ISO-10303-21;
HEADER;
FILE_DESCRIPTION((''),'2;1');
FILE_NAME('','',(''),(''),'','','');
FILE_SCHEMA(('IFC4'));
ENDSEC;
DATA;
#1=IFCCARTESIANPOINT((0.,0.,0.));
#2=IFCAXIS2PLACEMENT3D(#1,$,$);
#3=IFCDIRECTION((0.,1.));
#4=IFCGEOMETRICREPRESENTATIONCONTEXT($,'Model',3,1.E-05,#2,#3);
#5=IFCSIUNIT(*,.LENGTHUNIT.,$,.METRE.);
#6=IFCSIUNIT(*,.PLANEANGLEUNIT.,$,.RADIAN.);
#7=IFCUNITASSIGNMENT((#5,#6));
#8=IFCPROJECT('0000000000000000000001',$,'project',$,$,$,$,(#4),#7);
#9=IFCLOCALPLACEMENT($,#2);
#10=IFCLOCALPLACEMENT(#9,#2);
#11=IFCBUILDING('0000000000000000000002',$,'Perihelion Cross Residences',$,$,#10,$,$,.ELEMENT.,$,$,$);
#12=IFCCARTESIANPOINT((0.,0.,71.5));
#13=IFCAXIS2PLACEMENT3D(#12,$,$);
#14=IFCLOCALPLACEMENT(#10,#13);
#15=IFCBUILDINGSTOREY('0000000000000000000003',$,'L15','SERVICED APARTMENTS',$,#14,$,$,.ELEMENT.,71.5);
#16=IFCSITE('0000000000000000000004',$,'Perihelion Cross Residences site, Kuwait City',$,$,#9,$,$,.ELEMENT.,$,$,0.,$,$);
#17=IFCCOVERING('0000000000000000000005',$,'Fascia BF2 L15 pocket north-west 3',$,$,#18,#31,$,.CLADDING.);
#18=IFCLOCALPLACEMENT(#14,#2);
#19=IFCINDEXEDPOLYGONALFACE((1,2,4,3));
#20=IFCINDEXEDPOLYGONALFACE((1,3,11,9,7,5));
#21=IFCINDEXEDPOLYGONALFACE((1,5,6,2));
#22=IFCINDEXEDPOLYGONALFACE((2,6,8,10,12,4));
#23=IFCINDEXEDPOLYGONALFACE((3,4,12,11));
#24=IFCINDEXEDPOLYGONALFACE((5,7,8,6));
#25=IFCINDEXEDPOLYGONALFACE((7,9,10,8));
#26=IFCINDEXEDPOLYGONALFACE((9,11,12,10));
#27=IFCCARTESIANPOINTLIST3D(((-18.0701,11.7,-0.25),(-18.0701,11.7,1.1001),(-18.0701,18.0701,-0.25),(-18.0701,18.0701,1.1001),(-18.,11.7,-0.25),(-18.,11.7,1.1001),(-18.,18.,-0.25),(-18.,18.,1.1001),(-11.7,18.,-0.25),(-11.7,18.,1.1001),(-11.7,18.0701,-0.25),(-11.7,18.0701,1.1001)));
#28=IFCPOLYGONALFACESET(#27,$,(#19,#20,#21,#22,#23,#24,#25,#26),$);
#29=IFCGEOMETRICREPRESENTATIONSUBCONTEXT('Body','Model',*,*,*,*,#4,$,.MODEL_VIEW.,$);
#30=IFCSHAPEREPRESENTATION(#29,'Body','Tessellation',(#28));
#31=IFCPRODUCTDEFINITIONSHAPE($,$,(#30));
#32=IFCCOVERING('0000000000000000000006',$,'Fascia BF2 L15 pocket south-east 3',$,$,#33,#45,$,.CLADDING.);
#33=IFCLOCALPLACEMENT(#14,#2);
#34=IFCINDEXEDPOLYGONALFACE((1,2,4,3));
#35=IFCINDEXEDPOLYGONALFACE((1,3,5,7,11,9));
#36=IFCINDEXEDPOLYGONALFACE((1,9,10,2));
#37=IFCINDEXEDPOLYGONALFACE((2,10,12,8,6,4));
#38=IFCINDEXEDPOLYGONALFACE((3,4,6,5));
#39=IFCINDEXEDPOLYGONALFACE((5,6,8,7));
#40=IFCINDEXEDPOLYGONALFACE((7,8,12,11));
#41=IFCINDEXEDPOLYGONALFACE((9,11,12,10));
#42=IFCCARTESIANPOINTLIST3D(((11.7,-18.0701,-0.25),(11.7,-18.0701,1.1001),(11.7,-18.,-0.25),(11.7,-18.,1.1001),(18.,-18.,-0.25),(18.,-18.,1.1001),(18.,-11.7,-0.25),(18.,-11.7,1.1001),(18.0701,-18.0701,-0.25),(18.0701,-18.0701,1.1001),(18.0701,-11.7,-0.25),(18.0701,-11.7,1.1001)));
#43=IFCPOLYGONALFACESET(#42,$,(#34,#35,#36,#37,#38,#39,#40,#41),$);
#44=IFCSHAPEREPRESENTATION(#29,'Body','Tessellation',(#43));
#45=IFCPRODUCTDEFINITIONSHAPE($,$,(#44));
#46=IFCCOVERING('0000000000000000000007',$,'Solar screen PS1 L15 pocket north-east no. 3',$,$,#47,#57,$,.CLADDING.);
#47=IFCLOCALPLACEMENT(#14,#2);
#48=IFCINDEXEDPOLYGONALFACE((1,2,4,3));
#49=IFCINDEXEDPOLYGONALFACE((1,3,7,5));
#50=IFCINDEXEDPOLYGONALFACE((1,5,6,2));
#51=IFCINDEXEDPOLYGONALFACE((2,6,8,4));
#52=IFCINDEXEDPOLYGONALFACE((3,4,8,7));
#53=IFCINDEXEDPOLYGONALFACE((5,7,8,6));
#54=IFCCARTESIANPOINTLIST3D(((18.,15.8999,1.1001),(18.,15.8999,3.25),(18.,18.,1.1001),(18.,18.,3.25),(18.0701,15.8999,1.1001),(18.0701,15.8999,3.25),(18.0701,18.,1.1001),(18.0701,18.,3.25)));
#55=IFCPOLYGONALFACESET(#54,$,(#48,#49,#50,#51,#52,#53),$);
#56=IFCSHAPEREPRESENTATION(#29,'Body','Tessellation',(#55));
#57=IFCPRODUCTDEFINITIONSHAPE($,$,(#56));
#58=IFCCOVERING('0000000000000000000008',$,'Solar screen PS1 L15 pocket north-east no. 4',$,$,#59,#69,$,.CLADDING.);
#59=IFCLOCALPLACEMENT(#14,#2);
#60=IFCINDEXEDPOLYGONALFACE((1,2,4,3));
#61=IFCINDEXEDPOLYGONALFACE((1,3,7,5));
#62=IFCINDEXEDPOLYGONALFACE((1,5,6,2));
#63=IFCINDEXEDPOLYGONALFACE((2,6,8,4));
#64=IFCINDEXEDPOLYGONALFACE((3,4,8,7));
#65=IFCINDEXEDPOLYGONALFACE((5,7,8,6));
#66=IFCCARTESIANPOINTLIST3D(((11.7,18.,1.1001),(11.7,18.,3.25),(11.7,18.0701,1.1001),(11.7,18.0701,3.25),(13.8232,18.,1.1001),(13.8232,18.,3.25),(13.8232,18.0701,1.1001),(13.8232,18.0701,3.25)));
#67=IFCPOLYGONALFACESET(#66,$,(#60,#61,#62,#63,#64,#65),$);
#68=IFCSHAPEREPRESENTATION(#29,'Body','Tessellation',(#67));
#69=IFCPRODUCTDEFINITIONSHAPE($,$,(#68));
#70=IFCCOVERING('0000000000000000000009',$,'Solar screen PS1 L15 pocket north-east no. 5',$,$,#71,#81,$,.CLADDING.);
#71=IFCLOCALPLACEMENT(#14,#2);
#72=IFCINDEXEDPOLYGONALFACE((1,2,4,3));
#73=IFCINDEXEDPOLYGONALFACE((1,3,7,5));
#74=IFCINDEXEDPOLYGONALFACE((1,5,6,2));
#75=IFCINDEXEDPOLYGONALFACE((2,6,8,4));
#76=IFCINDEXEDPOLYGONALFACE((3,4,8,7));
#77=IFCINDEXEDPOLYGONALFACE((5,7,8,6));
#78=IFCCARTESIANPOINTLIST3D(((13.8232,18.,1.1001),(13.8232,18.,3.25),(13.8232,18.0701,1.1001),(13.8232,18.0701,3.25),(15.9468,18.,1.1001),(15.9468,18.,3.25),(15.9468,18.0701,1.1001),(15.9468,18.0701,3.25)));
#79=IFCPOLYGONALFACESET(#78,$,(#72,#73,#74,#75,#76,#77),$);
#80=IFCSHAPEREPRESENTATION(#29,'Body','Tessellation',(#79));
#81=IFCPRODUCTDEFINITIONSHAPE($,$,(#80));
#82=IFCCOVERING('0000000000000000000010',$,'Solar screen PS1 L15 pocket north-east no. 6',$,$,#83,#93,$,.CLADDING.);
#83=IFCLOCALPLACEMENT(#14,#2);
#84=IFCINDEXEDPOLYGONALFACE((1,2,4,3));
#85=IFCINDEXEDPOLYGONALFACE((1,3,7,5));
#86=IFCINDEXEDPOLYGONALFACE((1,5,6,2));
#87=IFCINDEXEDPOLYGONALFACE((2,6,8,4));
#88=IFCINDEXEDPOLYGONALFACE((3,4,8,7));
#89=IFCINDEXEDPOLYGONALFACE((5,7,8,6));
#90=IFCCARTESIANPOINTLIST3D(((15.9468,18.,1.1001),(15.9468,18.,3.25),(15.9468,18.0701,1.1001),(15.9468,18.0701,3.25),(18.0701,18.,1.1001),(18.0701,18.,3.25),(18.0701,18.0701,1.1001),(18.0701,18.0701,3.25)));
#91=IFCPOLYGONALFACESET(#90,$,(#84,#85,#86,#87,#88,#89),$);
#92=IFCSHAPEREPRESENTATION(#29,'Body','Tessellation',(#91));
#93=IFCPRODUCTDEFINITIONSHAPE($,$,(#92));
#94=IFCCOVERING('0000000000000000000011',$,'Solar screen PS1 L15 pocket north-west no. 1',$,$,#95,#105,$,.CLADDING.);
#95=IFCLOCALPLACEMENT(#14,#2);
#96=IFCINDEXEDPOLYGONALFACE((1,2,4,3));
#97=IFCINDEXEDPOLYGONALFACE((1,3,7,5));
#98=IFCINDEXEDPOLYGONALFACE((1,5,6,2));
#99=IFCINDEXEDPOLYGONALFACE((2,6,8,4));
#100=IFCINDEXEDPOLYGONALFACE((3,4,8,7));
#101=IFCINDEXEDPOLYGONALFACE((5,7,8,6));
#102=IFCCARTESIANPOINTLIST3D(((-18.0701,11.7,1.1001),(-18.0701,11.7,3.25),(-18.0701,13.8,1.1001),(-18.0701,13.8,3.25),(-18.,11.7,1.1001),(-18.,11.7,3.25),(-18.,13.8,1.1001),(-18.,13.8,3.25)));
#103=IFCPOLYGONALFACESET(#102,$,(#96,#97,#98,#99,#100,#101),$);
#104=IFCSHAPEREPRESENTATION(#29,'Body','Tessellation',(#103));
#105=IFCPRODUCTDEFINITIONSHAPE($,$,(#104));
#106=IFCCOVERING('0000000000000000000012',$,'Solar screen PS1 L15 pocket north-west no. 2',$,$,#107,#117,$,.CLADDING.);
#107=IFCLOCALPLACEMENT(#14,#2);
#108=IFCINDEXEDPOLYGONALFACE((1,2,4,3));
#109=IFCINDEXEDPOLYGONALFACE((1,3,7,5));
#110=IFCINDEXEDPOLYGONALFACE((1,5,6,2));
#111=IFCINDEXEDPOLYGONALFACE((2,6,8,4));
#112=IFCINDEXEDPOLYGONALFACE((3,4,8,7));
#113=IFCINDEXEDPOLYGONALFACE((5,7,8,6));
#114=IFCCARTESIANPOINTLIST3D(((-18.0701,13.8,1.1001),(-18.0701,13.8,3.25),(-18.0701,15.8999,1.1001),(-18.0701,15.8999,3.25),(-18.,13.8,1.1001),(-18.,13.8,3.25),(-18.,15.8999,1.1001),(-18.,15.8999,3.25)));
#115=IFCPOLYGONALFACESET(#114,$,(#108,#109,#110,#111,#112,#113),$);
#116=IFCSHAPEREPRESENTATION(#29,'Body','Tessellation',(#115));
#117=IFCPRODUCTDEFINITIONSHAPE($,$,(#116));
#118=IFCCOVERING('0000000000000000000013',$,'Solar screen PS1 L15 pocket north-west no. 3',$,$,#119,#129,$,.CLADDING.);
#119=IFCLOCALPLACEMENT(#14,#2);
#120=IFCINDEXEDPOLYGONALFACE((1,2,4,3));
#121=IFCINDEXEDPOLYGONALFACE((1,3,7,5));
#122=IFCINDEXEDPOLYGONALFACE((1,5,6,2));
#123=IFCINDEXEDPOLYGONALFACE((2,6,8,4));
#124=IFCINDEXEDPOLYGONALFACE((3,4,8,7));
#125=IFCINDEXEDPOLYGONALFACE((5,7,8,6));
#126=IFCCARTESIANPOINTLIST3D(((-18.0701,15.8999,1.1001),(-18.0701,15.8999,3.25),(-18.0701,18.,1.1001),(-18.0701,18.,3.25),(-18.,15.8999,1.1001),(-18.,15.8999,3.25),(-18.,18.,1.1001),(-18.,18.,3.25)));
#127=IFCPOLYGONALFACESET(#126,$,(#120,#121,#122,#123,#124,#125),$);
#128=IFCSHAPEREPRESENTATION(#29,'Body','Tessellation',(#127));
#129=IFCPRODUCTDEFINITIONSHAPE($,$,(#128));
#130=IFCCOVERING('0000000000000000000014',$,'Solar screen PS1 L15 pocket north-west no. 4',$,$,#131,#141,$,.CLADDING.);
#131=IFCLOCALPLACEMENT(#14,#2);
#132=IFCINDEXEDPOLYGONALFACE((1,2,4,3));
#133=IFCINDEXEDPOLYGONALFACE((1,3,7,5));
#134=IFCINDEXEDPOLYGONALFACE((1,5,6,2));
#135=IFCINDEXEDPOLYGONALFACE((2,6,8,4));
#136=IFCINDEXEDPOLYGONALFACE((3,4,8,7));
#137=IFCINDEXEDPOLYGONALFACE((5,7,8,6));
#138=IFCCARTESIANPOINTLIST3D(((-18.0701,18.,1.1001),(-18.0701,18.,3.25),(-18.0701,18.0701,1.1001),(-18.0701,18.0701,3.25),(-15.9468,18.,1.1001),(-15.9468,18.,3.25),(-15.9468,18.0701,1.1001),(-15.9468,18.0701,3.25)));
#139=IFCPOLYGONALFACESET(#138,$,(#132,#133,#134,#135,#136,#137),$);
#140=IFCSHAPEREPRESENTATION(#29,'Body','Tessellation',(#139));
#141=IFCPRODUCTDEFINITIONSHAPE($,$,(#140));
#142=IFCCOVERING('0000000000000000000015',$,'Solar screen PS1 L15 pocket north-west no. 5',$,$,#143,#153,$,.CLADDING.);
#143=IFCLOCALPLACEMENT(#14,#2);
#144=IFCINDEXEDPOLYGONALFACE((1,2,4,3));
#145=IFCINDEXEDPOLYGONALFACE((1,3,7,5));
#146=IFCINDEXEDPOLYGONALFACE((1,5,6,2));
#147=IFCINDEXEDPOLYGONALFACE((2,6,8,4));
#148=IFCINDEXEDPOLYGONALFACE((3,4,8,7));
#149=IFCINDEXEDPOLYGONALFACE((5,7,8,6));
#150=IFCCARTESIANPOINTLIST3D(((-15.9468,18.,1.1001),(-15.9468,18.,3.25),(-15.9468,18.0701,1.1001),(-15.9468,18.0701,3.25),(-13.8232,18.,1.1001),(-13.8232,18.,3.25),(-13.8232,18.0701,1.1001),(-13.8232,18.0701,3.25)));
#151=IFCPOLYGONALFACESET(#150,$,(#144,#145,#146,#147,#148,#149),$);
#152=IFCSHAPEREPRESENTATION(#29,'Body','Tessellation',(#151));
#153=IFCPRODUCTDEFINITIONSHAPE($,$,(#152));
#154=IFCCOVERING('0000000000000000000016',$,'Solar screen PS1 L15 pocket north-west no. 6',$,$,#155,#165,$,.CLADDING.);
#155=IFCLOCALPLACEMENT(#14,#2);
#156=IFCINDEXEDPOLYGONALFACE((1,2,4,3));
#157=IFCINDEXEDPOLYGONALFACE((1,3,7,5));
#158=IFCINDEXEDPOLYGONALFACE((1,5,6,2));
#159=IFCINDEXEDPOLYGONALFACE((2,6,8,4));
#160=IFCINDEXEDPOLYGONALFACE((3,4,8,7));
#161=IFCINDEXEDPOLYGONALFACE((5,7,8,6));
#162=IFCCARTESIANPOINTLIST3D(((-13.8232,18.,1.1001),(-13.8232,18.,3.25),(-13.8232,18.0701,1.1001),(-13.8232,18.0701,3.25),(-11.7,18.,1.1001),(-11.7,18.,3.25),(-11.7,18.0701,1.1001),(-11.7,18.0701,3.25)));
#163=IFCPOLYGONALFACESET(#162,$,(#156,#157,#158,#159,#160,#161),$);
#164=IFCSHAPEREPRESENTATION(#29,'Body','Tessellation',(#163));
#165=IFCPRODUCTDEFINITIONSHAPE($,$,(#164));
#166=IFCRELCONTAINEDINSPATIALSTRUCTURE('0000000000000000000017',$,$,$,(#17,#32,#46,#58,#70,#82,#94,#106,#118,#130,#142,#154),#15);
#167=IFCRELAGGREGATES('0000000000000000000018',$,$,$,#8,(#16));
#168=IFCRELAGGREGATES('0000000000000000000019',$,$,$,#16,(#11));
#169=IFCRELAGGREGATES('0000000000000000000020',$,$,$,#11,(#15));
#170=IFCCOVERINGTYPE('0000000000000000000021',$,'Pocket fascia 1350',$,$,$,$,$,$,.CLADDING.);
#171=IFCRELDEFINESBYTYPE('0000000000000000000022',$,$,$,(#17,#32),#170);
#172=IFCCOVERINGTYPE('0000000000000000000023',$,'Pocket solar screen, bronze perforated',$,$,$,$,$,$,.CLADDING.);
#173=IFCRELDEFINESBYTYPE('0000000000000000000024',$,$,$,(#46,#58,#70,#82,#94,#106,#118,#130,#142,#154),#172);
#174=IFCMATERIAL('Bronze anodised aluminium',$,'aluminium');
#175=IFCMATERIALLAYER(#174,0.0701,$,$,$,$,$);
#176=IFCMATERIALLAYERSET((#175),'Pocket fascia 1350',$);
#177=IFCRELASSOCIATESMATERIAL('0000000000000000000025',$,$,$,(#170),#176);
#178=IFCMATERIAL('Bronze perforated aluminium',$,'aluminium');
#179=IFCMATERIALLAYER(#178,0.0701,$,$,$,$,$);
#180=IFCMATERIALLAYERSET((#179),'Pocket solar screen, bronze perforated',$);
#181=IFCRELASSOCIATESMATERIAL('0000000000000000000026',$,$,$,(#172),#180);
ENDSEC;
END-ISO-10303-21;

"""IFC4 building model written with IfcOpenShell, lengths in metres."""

from ifc_helpers import new_model, si_unit, direction, frame, origin, place, context, subcontext, project, spatial, polyline, outline, extrude, material, layer, layer_set, type_object, element, save


model = new_model("IFC4")

# Units and contexts
model_context = context("Model", 3, precision=1e-05, world=origin(), true_north=direction((0.0, 1.0)))
body_context = subcontext(model_context, "Body", "Model", "MODEL_VIEW")
ifc_project = project(units=[si_unit("LENGTHUNIT", "METRE"), si_unit("PLANEANGLEUNIT", "RADIAN")], contexts=[model_context])

# Site, building, storey
site_placement = place(None, origin())
site = spatial("IfcSite", under=ifc_project, at=site_placement, Name="Perihelion Cross Residences site, Kuwait City", CompositionType="ELEMENT", RefElevation=0.0)
building_placement = place(site_placement, origin())
building = spatial("IfcBuilding", under=site, at=building_placement, Name="Perihelion Cross Residences", CompositionType="ELEMENT")
storey_placement = place(building_placement, frame((0.0, 0.0, 71.5)))
storey = spatial("IfcBuildingStorey", under=building, at=storey_placement, Name="L15", Description="SERVICED APARTMENTS", CompositionType="ELEMENT", Elevation=71.5)

# Coverings
ifc_material_1 = material(Name="Bronze anodised aluminium", Category="aluminium")
ifc_layer_1 = layer(ifc_material_1, 0.0701)
ifc_layer_set_1 = layer_set([ifc_layer_1], Name="Pocket fascia 1350")
covering_type_1 = type_object("IfcCoveringType", Name="Pocket fascia 1350", PredefinedType="CLADDING", material=ifc_layer_set_1)
covering_1_placement = place(storey_placement, frame((0.0, 0.0, -0.25)))
element("IfcCovering", 1, at=covering_1_placement, inside=storey, type_object=covering_type_1, Name="Fascia BF2 L15 pocket north-west 3", PredefinedType="CLADDING", context=body_context, shape_type="SweptSolid", body=[
    extrude(outline(polyline([(-18.0701, 18.0701), (-18.0701, 11.7), (-18.0, 11.7), (-18.0, 18.0), (-11.7, 18.0), (-11.7, 18.0701), (-18.0701, 18.0701)])), origin(), (0.0, 0.0, 1.0), 1.3501),
])
covering_2_placement = place(storey_placement, frame((0.0, 0.0, -0.25)))
element("IfcCovering", 2, at=covering_2_placement, inside=storey, type_object=covering_type_1, Name="Fascia BF2 L15 pocket south-east 3", PredefinedType="CLADDING", context=body_context, shape_type="SweptSolid", body=[
    extrude(outline(polyline([(18.0701, -18.0701), (18.0701, -11.7), (18.0, -11.7), (18.0, -18.0), (11.7, -18.0), (11.7, -18.0701), (18.0701, -18.0701)])), origin(), (0.0, 0.0, 1.0), 1.3501),
])
ifc_material_2 = material(Name="Bronze perforated aluminium", Category="aluminium")
ifc_layer_2 = layer(ifc_material_2, 0.0701)
ifc_layer_set_2 = layer_set([ifc_layer_2], Name="Pocket solar screen, bronze perforated")
covering_type_2 = type_object("IfcCoveringType", Name="Pocket solar screen, bronze perforated", PredefinedType="CLADDING", material=ifc_layer_set_2)
covering_3_placement = place(storey_placement, frame((0.0, 0.0, 1.1001)))
element("IfcCovering", 3, at=covering_3_placement, inside=storey, type_object=covering_type_2, Name="Solar screen PS1 L15 pocket north-east no. 3", PredefinedType="CLADDING", context=body_context, shape_type="SweptSolid", body=[
    extrude(outline(polyline([(18.0701, 15.8999), (18.0701, 18.0), (18.0, 18.0), (18.0, 15.8999), (18.0701, 15.8999)])), origin(), (0.0, 0.0, 1.0), 2.1499),
])
covering_4_placement = place(storey_placement, frame((0.0, 0.0, 1.1001)))
element("IfcCovering", 4, at=covering_4_placement, inside=storey, type_object=covering_type_2, Name="Solar screen PS1 L15 pocket north-east no. 4", PredefinedType="CLADDING", context=body_context, shape_type="SweptSolid", body=[
    extrude(outline(polyline([(13.8232, 18.0), (13.8232, 18.0701), (11.7, 18.0701), (11.7, 18.0), (13.8232, 18.0)])), origin(), (0.0, 0.0, 1.0), 2.1499),
])
covering_5_placement = place(storey_placement, frame((0.0, 0.0, 1.1001)))
element("IfcCovering", 5, at=covering_5_placement, inside=storey, type_object=covering_type_2, Name="Solar screen PS1 L15 pocket north-east no. 5", PredefinedType="CLADDING", context=body_context, shape_type="SweptSolid", body=[
    extrude(outline(polyline([(15.9468, 18.0), (15.9468, 18.0701), (13.8232, 18.0701), (13.8232, 18.0), (15.9468, 18.0)])), origin(), (0.0, 0.0, 1.0), 2.1499),
])
covering_6_placement = place(storey_placement, frame((0.0, 0.0, 1.1001)))
element("IfcCovering", 6, at=covering_6_placement, inside=storey, type_object=covering_type_2, Name="Solar screen PS1 L15 pocket north-east no. 6", PredefinedType="CLADDING", context=body_context, shape_type="SweptSolid", body=[
    extrude(outline(polyline([(18.0701, 18.0), (18.0701, 18.0701), (15.9468, 18.0701), (15.9468, 18.0), (18.0701, 18.0)])), origin(), (0.0, 0.0, 1.0), 2.1499),
])
covering_7_placement = place(storey_placement, frame((0.0, 0.0, 1.1001)))
element("IfcCovering", 7, at=covering_7_placement, inside=storey, type_object=covering_type_2, Name="Solar screen PS1 L15 pocket north-west no. 1", PredefinedType="CLADDING", context=body_context, shape_type="SweptSolid", body=[
    extrude(outline(polyline([(-18.0, 11.7), (-18.0, 13.8), (-18.0701, 13.8), (-18.0701, 11.7), (-18.0, 11.7)])), origin(), (0.0, 0.0, 1.0), 2.1499),
])
covering_8_placement = place(storey_placement, frame((0.0, 0.0, 1.1001)))
element("IfcCovering", 8, at=covering_8_placement, inside=storey, type_object=covering_type_2, Name="Solar screen PS1 L15 pocket north-west no. 2", PredefinedType="CLADDING", context=body_context, shape_type="SweptSolid", body=[
    extrude(outline(polyline([(-18.0, 13.8), (-18.0, 15.8999), (-18.0701, 15.8999), (-18.0701, 13.8), (-18.0, 13.8)])), origin(), (0.0, 0.0, 1.0), 2.1499),
])
covering_9_placement = place(storey_placement, frame((0.0, 0.0, 1.1001)))
element("IfcCovering", 9, at=covering_9_placement, inside=storey, type_object=covering_type_2, Name="Solar screen PS1 L15 pocket north-west no. 3", PredefinedType="CLADDING", context=body_context, shape_type="SweptSolid", body=[
    extrude(outline(polyline([(-18.0, 15.8999), (-18.0, 18.0), (-18.0701, 18.0), (-18.0701, 15.8999), (-18.0, 15.8999)])), origin(), (0.0, 0.0, 1.0), 2.1499),
])
covering_10_placement = place(storey_placement, frame((0.0, 0.0, 1.1001)))
element("IfcCovering", 10, at=covering_10_placement, inside=storey, type_object=covering_type_2, Name="Solar screen PS1 L15 pocket north-west no. 4", PredefinedType="CLADDING", context=body_context, shape_type="SweptSolid", body=[
    extrude(outline(polyline([(-15.9468, 18.0), (-15.9468, 18.0701), (-18.0701, 18.0701), (-18.0701, 18.0), (-15.9468, 18.0)])), origin(), (0.0, 0.0, 1.0), 2.1499),
])
covering_11_placement = place(storey_placement, frame((0.0, 0.0, 1.1001)))
element("IfcCovering", 11, at=covering_11_placement, inside=storey, type_object=covering_type_2, Name="Solar screen PS1 L15 pocket north-west no. 5", PredefinedType="CLADDING", context=body_context, shape_type="SweptSolid", body=[
    extrude(outline(polyline([(-13.8232, 18.0), (-13.8232, 18.0701), (-15.9468, 18.0701), (-15.9468, 18.0), (-13.8232, 18.0)])), origin(), (0.0, 0.0, 1.0), 2.1499),
])
covering_12_placement = place(storey_placement, frame((0.0, 0.0, 1.1001)))
element("IfcCovering", 12, at=covering_12_placement, inside=storey, type_object=covering_type_2, Name="Solar screen PS1 L15 pocket north-west no. 6", PredefinedType="CLADDING", context=body_context, shape_type="SweptSolid", body=[
    extrude(outline(polyline([(-11.7, 18.0), (-11.7, 18.0701), (-13.8232, 18.0701), (-13.8232, 18.0), (-11.7, 18.0)])), origin(), (0.0, 0.0, 1.0), 2.1499),
])

save(model, "model.ifc")
